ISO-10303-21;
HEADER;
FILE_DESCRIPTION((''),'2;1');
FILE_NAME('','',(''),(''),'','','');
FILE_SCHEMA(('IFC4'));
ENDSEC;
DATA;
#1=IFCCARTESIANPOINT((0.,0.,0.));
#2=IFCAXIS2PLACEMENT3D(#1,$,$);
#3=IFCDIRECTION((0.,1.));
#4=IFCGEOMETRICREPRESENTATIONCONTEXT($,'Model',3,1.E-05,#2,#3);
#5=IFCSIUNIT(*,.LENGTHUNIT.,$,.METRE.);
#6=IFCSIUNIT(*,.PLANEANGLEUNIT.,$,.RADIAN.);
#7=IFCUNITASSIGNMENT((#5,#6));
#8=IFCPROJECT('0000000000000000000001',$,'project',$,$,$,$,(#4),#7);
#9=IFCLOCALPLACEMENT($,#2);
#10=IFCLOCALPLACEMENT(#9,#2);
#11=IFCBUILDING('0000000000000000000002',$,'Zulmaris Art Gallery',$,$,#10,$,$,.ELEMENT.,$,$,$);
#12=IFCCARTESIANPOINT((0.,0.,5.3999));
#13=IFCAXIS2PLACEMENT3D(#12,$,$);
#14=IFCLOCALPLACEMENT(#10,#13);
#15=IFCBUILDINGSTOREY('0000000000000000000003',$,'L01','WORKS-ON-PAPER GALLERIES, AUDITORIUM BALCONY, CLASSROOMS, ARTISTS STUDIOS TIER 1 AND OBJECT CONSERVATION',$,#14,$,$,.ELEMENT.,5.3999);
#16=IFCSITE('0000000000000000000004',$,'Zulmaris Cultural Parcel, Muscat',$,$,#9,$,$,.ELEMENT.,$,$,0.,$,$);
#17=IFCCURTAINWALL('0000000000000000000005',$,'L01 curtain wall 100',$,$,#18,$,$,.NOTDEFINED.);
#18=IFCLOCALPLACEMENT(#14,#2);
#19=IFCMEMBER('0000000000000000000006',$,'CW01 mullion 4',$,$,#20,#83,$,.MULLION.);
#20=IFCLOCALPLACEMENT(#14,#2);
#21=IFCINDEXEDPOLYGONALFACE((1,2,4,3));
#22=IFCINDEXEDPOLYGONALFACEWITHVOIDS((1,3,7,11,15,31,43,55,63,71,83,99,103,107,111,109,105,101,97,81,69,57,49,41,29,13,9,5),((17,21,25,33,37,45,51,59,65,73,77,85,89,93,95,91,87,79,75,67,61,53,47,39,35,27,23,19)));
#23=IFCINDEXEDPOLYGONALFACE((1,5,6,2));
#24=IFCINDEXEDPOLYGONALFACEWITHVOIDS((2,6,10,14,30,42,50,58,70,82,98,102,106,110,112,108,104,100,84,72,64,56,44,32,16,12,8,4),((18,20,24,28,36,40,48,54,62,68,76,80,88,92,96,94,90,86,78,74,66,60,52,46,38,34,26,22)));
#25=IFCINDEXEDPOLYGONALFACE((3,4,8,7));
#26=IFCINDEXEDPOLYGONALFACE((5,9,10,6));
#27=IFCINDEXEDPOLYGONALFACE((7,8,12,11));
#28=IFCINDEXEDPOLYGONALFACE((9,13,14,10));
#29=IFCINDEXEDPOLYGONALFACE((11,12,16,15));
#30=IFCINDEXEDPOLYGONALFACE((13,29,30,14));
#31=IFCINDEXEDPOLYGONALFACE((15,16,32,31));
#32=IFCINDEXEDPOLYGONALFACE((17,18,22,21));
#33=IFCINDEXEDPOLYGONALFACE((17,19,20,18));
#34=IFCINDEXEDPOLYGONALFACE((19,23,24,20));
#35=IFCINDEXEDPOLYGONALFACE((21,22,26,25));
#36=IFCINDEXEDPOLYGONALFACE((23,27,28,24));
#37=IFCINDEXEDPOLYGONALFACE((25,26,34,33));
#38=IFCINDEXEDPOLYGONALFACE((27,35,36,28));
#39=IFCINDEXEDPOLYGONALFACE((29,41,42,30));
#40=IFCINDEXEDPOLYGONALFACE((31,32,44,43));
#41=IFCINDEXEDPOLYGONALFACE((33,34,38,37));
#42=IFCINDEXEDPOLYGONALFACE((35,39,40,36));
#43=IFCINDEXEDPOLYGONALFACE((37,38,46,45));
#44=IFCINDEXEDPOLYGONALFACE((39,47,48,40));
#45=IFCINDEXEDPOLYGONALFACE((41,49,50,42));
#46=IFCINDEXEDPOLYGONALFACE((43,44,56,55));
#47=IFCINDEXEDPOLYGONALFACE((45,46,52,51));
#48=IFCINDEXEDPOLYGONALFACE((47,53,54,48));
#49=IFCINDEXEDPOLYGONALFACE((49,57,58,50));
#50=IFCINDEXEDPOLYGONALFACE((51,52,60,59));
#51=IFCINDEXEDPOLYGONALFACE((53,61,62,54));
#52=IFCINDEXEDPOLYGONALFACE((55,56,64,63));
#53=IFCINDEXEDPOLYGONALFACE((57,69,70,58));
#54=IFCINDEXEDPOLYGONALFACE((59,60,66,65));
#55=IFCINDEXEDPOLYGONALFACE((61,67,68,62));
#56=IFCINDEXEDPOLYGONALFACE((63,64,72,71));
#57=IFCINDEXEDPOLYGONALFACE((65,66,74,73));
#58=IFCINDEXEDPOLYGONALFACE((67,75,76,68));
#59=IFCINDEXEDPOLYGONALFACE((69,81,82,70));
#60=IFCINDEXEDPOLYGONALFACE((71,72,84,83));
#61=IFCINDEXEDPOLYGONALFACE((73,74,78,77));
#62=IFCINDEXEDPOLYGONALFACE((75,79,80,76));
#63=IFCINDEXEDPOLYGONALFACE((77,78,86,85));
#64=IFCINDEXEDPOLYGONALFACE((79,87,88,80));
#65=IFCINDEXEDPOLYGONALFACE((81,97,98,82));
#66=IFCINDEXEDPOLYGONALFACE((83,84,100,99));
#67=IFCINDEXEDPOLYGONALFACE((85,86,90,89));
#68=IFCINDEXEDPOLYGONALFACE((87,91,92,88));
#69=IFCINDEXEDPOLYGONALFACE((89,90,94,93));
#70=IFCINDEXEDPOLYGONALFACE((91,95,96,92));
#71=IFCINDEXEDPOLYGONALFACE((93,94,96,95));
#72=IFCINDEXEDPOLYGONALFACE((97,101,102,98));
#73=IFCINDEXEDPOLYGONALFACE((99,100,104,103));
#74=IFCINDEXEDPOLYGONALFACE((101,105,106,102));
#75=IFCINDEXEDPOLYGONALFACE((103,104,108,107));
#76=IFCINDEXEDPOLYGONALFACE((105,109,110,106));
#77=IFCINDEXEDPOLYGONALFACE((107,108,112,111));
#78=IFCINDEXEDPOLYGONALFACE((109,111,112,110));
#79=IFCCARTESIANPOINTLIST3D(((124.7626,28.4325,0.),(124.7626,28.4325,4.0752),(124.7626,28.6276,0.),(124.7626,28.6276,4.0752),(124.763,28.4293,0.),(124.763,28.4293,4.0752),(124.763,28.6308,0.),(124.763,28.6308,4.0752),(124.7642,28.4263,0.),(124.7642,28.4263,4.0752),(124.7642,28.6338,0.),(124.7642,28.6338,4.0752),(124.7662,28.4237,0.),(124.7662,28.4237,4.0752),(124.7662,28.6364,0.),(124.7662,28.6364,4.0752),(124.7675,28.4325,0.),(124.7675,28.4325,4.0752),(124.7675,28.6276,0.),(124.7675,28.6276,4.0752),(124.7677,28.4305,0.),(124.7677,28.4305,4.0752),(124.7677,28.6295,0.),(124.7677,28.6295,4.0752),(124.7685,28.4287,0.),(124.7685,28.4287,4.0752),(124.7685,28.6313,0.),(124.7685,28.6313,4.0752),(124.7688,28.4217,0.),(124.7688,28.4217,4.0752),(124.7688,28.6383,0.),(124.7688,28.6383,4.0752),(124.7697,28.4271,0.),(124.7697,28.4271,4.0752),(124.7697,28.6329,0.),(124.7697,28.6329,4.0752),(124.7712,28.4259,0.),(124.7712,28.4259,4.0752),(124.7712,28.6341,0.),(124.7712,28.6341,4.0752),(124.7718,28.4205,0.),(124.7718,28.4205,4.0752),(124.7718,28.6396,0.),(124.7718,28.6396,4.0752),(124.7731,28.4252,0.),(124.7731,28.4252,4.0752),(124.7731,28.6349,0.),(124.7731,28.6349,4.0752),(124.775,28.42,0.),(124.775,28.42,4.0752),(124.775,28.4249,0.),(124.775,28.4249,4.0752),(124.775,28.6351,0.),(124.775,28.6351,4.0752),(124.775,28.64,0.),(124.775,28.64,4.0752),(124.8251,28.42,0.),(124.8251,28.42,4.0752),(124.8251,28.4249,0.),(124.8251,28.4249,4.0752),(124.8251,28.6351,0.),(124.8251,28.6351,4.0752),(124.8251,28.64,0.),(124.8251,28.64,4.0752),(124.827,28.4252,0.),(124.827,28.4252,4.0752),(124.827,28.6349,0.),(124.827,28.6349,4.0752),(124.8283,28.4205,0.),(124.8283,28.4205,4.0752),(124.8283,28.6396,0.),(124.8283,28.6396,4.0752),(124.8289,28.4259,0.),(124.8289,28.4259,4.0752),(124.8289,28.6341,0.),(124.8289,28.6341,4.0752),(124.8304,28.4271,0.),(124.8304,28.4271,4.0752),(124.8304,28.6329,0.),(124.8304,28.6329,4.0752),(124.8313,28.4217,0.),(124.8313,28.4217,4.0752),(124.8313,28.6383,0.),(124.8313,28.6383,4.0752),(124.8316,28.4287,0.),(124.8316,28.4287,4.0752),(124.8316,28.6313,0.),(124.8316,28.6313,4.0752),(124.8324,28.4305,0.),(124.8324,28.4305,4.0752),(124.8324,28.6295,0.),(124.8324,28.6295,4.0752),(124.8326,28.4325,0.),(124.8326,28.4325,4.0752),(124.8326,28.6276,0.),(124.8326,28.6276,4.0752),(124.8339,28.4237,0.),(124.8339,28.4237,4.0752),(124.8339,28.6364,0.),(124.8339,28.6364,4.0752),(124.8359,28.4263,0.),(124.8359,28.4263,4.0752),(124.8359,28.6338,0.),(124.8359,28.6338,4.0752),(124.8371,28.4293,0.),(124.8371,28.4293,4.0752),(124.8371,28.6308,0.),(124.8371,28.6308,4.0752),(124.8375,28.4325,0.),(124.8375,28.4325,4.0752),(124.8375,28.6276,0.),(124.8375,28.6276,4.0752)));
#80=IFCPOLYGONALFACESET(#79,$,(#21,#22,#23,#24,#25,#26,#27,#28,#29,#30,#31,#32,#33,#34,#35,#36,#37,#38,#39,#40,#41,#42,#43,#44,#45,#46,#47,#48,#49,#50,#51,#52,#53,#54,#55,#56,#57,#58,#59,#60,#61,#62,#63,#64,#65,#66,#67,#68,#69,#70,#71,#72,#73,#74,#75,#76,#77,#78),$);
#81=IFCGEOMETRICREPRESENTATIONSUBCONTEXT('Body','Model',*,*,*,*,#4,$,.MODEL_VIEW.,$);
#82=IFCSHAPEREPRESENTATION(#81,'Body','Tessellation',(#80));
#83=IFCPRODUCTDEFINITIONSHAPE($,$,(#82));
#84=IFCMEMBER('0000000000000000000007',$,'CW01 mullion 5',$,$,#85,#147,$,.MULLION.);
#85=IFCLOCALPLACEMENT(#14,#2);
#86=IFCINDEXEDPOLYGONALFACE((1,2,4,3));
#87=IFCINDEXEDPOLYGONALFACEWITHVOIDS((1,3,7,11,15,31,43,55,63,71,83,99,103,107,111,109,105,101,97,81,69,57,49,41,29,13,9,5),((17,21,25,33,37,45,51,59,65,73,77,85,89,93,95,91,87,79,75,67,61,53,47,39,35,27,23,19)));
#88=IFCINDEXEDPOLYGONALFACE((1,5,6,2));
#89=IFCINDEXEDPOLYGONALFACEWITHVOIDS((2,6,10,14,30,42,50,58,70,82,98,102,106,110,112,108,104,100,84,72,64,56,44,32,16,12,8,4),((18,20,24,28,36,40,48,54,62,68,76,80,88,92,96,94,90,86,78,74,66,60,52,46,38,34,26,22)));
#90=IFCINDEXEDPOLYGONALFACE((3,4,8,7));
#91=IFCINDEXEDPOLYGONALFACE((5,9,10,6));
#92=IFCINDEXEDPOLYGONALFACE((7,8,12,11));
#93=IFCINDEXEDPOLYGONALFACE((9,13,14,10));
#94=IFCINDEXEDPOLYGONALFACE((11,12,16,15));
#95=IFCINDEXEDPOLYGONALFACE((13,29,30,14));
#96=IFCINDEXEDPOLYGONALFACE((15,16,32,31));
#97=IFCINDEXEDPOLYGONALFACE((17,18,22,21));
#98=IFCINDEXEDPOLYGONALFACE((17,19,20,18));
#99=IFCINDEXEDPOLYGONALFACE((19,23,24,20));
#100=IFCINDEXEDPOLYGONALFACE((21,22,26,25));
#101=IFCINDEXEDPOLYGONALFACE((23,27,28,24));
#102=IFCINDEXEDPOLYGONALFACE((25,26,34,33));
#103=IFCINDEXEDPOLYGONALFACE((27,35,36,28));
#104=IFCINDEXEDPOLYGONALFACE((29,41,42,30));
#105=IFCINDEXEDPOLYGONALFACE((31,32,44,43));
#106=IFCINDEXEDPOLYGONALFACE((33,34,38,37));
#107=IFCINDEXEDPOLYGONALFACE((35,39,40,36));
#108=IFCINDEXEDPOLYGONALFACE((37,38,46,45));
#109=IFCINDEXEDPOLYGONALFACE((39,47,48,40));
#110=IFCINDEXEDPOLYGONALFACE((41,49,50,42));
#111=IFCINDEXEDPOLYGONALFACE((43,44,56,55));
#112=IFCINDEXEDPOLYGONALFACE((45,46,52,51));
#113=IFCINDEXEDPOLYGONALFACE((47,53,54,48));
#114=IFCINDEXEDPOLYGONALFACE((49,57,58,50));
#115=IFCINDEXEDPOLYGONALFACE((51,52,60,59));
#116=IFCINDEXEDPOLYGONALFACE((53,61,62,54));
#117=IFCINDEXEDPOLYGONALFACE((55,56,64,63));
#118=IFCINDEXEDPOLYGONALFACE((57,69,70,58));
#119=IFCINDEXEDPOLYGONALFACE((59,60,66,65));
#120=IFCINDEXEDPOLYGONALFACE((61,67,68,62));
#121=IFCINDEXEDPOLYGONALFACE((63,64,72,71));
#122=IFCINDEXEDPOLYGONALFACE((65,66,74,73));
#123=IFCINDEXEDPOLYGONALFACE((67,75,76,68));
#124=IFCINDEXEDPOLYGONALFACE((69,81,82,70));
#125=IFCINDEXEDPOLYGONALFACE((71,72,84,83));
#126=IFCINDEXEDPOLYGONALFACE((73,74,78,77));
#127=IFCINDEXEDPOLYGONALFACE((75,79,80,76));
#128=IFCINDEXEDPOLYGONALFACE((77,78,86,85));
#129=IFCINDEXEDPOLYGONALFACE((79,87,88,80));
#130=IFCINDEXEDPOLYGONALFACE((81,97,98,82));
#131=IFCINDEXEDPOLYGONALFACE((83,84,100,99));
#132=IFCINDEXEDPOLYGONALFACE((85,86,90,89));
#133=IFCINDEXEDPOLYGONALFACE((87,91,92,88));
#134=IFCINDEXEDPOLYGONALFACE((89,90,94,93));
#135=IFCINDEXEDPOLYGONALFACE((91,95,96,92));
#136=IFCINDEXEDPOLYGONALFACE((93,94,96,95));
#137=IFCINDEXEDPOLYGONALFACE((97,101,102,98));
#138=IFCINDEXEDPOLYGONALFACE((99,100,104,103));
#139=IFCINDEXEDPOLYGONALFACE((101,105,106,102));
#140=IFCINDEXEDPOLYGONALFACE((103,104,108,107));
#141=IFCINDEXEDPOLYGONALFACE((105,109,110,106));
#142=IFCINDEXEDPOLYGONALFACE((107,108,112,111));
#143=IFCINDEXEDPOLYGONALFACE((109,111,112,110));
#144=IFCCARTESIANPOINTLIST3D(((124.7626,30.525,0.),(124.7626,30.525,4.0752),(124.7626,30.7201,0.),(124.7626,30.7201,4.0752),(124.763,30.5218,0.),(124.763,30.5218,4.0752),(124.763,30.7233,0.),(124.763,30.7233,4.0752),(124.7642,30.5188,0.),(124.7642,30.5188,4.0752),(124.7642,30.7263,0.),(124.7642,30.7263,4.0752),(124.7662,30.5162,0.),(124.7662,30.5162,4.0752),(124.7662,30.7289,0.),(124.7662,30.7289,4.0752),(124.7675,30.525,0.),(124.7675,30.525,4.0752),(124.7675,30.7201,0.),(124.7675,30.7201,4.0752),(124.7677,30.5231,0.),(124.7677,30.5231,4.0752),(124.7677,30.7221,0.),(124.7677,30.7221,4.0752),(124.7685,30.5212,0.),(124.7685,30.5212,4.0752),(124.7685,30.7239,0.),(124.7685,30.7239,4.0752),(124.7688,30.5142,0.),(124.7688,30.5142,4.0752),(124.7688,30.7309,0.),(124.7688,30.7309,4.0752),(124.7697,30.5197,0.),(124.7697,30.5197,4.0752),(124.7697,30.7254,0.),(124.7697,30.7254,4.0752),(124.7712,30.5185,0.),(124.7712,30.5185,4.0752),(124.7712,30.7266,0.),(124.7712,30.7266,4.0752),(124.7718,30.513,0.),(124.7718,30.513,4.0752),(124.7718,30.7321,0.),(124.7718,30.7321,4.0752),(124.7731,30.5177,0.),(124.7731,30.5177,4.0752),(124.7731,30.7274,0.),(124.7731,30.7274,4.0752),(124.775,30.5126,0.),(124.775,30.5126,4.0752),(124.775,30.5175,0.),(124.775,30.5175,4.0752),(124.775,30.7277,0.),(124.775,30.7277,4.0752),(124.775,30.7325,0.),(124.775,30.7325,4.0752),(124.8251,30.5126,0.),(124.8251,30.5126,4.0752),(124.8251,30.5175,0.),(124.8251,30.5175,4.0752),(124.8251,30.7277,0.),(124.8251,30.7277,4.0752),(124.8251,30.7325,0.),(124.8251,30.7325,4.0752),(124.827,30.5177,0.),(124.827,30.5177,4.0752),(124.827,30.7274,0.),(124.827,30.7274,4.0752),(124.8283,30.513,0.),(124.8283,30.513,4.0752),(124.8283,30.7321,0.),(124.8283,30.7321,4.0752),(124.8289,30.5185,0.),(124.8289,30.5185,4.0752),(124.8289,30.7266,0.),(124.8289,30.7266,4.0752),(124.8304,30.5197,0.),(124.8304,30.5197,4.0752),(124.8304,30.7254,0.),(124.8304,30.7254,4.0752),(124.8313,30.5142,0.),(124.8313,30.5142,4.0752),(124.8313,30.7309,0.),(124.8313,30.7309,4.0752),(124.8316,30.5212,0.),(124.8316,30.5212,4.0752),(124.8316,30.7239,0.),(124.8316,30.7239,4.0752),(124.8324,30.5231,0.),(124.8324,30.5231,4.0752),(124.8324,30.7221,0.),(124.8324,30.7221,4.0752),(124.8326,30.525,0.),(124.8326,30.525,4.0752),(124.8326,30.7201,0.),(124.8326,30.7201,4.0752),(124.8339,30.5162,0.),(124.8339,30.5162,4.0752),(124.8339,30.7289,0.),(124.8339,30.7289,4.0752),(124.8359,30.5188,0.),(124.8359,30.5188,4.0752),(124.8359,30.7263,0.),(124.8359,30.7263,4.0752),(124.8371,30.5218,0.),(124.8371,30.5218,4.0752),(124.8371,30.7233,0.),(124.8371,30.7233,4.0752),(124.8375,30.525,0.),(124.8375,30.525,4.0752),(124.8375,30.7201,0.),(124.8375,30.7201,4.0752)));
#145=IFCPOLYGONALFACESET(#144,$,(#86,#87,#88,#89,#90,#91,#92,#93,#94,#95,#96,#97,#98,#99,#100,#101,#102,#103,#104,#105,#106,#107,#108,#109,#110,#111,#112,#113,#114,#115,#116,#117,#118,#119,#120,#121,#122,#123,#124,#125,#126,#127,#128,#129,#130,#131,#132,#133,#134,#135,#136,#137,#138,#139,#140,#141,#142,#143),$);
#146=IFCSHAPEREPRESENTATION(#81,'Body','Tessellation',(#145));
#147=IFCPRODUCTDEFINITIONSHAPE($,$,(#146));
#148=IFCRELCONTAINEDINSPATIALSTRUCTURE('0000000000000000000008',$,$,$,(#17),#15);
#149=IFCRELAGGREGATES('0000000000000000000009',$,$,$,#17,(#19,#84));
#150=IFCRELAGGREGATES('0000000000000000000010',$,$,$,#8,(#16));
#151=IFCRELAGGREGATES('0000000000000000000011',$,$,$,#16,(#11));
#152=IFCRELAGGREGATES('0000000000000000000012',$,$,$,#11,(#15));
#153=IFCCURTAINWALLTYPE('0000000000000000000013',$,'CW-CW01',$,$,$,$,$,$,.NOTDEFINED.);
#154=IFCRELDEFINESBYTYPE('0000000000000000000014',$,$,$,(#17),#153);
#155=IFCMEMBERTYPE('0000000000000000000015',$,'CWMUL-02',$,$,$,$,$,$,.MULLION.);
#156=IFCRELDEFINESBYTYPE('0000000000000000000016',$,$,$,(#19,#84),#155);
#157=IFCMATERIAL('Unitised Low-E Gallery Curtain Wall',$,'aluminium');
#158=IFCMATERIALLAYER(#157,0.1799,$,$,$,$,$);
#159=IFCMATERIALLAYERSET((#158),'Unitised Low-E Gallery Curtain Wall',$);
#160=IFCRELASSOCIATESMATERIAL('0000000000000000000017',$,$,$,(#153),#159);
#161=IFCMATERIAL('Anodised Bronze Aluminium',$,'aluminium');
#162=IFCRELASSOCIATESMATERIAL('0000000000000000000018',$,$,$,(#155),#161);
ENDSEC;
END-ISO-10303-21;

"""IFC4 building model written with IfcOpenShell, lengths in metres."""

from ifc_helpers import new_model, si_unit, direction, frame, origin, origin_2d, place, context, subcontext, project, spatial, hollow_rectangle, extrude, material, layer, layer_set, material_profile, profile_set, type_object, element, aggregate, save


model = new_model("IFC4")

# Units and contexts
model_context = context("Model", 3, precision=1e-05, world=origin(), true_north=direction((0.0, 1.0)))
body_context = subcontext(model_context, "Body", "Model", "MODEL_VIEW")
ifc_project = project(units=[si_unit("LENGTHUNIT", "METRE"), si_unit("PLANEANGLEUNIT", "RADIAN")], contexts=[model_context])

# Site, building, storey
site_placement = place(None, origin())
site = spatial("IfcSite", under=ifc_project, at=site_placement, Name="Zulmaris Cultural Parcel, Muscat", CompositionType="ELEMENT", RefElevation=0.0)
building_placement = place(site_placement, origin())
building = spatial("IfcBuilding", under=site, at=building_placement, Name="Zulmaris Art Gallery", CompositionType="ELEMENT")
storey_placement = place(building_placement, frame((0.0, 0.0, 5.3999)))
storey = spatial("IfcBuildingStorey", under=building, at=storey_placement, Name="L01", Description="WORKS-ON-PAPER GALLERIES, AUDITORIUM BALCONY, CLASSROOMS, ARTISTS STUDIOS TIER 1 AND OBJECT CONSERVATION", CompositionType="ELEMENT", Elevation=5.3999)

# Curtain wall, members
ifc_material_1 = material(Name="Unitised Low-E Gallery Curtain Wall", Category="aluminium")
ifc_layer_1 = layer(ifc_material_1, 0.1799)
ifc_layer_set_1 = layer_set([ifc_layer_1], Name="Unitised Low-E Gallery Curtain Wall")
curtain_wall_type = type_object("IfcCurtainWallType", Name="CW-CW01", PredefinedType="NOTDEFINED", material=ifc_layer_set_1)
curtain_wall_placement = place(storey_placement, origin())
curtain_wall = element("IfcCurtainWall", 1, at=curtain_wall_placement, inside=storey, type_object=curtain_wall_type, Name="L01 curtain wall 100", PredefinedType="NOTDEFINED")
ifc_material_2 = material(Name="Anodised Bronze Aluminium", Category="aluminium")
ifc_material_profile_1 = material_profile(ifc_material_2, hollow_rectangle(XDim=0.075, YDim=0.22, WallThickness=0.0049, InnerFilletRadius=0.0076, OuterFilletRadius=0.0125, at=origin_2d()), Name="ALU 75x220x5")
ifc_profile_set_1 = profile_set([ifc_material_profile_1], Name="Anodised Bronze Aluminium")
member_type_1 = type_object("IfcMemberType", Name="CWMUL-02", PredefinedType="MULLION", material=ifc_profile_set_1)
member_1_placement = place(storey_placement, frame((124.8, 28.53, 0.0), z_axis=(0.0, 0.0, 1.0), x_axis=(-1.0, 0.0, 0.0)))
member_1 = element("IfcMember", 2, at=member_1_placement, type_object=member_type_1, Name="CW01 mullion 4", PredefinedType="MULLION", context=body_context, shape_type="SweptSolid", body=[
    extrude(hollow_rectangle(XDim=0.075, YDim=0.22, WallThickness=0.0049, InnerFilletRadius=0.0076, OuterFilletRadius=0.0125, at=origin_2d()), origin(), (0.0, 0.0, 1.0), 4.0752),
])
member_2_placement = place(storey_placement, frame((124.8, 30.6226, 0.0), z_axis=(0.0, 0.0, 1.0), x_axis=(-1.0, 0.0, 0.0)))
member_2 = element("IfcMember", 3, at=member_2_placement, type_object=member_type_1, Name="CW01 mullion 5", PredefinedType="MULLION", context=body_context, shape_type="SweptSolid", body=[
    extrude(hollow_rectangle(XDim=0.075, YDim=0.22, WallThickness=0.0049, InnerFilletRadius=0.0076, OuterFilletRadius=0.0125, at=origin_2d()), origin(), (0.0, 0.0, 1.0), 4.0752),
])
aggregate(curtain_wall, [member_1, member_2])

save(model, "model.ifc")
